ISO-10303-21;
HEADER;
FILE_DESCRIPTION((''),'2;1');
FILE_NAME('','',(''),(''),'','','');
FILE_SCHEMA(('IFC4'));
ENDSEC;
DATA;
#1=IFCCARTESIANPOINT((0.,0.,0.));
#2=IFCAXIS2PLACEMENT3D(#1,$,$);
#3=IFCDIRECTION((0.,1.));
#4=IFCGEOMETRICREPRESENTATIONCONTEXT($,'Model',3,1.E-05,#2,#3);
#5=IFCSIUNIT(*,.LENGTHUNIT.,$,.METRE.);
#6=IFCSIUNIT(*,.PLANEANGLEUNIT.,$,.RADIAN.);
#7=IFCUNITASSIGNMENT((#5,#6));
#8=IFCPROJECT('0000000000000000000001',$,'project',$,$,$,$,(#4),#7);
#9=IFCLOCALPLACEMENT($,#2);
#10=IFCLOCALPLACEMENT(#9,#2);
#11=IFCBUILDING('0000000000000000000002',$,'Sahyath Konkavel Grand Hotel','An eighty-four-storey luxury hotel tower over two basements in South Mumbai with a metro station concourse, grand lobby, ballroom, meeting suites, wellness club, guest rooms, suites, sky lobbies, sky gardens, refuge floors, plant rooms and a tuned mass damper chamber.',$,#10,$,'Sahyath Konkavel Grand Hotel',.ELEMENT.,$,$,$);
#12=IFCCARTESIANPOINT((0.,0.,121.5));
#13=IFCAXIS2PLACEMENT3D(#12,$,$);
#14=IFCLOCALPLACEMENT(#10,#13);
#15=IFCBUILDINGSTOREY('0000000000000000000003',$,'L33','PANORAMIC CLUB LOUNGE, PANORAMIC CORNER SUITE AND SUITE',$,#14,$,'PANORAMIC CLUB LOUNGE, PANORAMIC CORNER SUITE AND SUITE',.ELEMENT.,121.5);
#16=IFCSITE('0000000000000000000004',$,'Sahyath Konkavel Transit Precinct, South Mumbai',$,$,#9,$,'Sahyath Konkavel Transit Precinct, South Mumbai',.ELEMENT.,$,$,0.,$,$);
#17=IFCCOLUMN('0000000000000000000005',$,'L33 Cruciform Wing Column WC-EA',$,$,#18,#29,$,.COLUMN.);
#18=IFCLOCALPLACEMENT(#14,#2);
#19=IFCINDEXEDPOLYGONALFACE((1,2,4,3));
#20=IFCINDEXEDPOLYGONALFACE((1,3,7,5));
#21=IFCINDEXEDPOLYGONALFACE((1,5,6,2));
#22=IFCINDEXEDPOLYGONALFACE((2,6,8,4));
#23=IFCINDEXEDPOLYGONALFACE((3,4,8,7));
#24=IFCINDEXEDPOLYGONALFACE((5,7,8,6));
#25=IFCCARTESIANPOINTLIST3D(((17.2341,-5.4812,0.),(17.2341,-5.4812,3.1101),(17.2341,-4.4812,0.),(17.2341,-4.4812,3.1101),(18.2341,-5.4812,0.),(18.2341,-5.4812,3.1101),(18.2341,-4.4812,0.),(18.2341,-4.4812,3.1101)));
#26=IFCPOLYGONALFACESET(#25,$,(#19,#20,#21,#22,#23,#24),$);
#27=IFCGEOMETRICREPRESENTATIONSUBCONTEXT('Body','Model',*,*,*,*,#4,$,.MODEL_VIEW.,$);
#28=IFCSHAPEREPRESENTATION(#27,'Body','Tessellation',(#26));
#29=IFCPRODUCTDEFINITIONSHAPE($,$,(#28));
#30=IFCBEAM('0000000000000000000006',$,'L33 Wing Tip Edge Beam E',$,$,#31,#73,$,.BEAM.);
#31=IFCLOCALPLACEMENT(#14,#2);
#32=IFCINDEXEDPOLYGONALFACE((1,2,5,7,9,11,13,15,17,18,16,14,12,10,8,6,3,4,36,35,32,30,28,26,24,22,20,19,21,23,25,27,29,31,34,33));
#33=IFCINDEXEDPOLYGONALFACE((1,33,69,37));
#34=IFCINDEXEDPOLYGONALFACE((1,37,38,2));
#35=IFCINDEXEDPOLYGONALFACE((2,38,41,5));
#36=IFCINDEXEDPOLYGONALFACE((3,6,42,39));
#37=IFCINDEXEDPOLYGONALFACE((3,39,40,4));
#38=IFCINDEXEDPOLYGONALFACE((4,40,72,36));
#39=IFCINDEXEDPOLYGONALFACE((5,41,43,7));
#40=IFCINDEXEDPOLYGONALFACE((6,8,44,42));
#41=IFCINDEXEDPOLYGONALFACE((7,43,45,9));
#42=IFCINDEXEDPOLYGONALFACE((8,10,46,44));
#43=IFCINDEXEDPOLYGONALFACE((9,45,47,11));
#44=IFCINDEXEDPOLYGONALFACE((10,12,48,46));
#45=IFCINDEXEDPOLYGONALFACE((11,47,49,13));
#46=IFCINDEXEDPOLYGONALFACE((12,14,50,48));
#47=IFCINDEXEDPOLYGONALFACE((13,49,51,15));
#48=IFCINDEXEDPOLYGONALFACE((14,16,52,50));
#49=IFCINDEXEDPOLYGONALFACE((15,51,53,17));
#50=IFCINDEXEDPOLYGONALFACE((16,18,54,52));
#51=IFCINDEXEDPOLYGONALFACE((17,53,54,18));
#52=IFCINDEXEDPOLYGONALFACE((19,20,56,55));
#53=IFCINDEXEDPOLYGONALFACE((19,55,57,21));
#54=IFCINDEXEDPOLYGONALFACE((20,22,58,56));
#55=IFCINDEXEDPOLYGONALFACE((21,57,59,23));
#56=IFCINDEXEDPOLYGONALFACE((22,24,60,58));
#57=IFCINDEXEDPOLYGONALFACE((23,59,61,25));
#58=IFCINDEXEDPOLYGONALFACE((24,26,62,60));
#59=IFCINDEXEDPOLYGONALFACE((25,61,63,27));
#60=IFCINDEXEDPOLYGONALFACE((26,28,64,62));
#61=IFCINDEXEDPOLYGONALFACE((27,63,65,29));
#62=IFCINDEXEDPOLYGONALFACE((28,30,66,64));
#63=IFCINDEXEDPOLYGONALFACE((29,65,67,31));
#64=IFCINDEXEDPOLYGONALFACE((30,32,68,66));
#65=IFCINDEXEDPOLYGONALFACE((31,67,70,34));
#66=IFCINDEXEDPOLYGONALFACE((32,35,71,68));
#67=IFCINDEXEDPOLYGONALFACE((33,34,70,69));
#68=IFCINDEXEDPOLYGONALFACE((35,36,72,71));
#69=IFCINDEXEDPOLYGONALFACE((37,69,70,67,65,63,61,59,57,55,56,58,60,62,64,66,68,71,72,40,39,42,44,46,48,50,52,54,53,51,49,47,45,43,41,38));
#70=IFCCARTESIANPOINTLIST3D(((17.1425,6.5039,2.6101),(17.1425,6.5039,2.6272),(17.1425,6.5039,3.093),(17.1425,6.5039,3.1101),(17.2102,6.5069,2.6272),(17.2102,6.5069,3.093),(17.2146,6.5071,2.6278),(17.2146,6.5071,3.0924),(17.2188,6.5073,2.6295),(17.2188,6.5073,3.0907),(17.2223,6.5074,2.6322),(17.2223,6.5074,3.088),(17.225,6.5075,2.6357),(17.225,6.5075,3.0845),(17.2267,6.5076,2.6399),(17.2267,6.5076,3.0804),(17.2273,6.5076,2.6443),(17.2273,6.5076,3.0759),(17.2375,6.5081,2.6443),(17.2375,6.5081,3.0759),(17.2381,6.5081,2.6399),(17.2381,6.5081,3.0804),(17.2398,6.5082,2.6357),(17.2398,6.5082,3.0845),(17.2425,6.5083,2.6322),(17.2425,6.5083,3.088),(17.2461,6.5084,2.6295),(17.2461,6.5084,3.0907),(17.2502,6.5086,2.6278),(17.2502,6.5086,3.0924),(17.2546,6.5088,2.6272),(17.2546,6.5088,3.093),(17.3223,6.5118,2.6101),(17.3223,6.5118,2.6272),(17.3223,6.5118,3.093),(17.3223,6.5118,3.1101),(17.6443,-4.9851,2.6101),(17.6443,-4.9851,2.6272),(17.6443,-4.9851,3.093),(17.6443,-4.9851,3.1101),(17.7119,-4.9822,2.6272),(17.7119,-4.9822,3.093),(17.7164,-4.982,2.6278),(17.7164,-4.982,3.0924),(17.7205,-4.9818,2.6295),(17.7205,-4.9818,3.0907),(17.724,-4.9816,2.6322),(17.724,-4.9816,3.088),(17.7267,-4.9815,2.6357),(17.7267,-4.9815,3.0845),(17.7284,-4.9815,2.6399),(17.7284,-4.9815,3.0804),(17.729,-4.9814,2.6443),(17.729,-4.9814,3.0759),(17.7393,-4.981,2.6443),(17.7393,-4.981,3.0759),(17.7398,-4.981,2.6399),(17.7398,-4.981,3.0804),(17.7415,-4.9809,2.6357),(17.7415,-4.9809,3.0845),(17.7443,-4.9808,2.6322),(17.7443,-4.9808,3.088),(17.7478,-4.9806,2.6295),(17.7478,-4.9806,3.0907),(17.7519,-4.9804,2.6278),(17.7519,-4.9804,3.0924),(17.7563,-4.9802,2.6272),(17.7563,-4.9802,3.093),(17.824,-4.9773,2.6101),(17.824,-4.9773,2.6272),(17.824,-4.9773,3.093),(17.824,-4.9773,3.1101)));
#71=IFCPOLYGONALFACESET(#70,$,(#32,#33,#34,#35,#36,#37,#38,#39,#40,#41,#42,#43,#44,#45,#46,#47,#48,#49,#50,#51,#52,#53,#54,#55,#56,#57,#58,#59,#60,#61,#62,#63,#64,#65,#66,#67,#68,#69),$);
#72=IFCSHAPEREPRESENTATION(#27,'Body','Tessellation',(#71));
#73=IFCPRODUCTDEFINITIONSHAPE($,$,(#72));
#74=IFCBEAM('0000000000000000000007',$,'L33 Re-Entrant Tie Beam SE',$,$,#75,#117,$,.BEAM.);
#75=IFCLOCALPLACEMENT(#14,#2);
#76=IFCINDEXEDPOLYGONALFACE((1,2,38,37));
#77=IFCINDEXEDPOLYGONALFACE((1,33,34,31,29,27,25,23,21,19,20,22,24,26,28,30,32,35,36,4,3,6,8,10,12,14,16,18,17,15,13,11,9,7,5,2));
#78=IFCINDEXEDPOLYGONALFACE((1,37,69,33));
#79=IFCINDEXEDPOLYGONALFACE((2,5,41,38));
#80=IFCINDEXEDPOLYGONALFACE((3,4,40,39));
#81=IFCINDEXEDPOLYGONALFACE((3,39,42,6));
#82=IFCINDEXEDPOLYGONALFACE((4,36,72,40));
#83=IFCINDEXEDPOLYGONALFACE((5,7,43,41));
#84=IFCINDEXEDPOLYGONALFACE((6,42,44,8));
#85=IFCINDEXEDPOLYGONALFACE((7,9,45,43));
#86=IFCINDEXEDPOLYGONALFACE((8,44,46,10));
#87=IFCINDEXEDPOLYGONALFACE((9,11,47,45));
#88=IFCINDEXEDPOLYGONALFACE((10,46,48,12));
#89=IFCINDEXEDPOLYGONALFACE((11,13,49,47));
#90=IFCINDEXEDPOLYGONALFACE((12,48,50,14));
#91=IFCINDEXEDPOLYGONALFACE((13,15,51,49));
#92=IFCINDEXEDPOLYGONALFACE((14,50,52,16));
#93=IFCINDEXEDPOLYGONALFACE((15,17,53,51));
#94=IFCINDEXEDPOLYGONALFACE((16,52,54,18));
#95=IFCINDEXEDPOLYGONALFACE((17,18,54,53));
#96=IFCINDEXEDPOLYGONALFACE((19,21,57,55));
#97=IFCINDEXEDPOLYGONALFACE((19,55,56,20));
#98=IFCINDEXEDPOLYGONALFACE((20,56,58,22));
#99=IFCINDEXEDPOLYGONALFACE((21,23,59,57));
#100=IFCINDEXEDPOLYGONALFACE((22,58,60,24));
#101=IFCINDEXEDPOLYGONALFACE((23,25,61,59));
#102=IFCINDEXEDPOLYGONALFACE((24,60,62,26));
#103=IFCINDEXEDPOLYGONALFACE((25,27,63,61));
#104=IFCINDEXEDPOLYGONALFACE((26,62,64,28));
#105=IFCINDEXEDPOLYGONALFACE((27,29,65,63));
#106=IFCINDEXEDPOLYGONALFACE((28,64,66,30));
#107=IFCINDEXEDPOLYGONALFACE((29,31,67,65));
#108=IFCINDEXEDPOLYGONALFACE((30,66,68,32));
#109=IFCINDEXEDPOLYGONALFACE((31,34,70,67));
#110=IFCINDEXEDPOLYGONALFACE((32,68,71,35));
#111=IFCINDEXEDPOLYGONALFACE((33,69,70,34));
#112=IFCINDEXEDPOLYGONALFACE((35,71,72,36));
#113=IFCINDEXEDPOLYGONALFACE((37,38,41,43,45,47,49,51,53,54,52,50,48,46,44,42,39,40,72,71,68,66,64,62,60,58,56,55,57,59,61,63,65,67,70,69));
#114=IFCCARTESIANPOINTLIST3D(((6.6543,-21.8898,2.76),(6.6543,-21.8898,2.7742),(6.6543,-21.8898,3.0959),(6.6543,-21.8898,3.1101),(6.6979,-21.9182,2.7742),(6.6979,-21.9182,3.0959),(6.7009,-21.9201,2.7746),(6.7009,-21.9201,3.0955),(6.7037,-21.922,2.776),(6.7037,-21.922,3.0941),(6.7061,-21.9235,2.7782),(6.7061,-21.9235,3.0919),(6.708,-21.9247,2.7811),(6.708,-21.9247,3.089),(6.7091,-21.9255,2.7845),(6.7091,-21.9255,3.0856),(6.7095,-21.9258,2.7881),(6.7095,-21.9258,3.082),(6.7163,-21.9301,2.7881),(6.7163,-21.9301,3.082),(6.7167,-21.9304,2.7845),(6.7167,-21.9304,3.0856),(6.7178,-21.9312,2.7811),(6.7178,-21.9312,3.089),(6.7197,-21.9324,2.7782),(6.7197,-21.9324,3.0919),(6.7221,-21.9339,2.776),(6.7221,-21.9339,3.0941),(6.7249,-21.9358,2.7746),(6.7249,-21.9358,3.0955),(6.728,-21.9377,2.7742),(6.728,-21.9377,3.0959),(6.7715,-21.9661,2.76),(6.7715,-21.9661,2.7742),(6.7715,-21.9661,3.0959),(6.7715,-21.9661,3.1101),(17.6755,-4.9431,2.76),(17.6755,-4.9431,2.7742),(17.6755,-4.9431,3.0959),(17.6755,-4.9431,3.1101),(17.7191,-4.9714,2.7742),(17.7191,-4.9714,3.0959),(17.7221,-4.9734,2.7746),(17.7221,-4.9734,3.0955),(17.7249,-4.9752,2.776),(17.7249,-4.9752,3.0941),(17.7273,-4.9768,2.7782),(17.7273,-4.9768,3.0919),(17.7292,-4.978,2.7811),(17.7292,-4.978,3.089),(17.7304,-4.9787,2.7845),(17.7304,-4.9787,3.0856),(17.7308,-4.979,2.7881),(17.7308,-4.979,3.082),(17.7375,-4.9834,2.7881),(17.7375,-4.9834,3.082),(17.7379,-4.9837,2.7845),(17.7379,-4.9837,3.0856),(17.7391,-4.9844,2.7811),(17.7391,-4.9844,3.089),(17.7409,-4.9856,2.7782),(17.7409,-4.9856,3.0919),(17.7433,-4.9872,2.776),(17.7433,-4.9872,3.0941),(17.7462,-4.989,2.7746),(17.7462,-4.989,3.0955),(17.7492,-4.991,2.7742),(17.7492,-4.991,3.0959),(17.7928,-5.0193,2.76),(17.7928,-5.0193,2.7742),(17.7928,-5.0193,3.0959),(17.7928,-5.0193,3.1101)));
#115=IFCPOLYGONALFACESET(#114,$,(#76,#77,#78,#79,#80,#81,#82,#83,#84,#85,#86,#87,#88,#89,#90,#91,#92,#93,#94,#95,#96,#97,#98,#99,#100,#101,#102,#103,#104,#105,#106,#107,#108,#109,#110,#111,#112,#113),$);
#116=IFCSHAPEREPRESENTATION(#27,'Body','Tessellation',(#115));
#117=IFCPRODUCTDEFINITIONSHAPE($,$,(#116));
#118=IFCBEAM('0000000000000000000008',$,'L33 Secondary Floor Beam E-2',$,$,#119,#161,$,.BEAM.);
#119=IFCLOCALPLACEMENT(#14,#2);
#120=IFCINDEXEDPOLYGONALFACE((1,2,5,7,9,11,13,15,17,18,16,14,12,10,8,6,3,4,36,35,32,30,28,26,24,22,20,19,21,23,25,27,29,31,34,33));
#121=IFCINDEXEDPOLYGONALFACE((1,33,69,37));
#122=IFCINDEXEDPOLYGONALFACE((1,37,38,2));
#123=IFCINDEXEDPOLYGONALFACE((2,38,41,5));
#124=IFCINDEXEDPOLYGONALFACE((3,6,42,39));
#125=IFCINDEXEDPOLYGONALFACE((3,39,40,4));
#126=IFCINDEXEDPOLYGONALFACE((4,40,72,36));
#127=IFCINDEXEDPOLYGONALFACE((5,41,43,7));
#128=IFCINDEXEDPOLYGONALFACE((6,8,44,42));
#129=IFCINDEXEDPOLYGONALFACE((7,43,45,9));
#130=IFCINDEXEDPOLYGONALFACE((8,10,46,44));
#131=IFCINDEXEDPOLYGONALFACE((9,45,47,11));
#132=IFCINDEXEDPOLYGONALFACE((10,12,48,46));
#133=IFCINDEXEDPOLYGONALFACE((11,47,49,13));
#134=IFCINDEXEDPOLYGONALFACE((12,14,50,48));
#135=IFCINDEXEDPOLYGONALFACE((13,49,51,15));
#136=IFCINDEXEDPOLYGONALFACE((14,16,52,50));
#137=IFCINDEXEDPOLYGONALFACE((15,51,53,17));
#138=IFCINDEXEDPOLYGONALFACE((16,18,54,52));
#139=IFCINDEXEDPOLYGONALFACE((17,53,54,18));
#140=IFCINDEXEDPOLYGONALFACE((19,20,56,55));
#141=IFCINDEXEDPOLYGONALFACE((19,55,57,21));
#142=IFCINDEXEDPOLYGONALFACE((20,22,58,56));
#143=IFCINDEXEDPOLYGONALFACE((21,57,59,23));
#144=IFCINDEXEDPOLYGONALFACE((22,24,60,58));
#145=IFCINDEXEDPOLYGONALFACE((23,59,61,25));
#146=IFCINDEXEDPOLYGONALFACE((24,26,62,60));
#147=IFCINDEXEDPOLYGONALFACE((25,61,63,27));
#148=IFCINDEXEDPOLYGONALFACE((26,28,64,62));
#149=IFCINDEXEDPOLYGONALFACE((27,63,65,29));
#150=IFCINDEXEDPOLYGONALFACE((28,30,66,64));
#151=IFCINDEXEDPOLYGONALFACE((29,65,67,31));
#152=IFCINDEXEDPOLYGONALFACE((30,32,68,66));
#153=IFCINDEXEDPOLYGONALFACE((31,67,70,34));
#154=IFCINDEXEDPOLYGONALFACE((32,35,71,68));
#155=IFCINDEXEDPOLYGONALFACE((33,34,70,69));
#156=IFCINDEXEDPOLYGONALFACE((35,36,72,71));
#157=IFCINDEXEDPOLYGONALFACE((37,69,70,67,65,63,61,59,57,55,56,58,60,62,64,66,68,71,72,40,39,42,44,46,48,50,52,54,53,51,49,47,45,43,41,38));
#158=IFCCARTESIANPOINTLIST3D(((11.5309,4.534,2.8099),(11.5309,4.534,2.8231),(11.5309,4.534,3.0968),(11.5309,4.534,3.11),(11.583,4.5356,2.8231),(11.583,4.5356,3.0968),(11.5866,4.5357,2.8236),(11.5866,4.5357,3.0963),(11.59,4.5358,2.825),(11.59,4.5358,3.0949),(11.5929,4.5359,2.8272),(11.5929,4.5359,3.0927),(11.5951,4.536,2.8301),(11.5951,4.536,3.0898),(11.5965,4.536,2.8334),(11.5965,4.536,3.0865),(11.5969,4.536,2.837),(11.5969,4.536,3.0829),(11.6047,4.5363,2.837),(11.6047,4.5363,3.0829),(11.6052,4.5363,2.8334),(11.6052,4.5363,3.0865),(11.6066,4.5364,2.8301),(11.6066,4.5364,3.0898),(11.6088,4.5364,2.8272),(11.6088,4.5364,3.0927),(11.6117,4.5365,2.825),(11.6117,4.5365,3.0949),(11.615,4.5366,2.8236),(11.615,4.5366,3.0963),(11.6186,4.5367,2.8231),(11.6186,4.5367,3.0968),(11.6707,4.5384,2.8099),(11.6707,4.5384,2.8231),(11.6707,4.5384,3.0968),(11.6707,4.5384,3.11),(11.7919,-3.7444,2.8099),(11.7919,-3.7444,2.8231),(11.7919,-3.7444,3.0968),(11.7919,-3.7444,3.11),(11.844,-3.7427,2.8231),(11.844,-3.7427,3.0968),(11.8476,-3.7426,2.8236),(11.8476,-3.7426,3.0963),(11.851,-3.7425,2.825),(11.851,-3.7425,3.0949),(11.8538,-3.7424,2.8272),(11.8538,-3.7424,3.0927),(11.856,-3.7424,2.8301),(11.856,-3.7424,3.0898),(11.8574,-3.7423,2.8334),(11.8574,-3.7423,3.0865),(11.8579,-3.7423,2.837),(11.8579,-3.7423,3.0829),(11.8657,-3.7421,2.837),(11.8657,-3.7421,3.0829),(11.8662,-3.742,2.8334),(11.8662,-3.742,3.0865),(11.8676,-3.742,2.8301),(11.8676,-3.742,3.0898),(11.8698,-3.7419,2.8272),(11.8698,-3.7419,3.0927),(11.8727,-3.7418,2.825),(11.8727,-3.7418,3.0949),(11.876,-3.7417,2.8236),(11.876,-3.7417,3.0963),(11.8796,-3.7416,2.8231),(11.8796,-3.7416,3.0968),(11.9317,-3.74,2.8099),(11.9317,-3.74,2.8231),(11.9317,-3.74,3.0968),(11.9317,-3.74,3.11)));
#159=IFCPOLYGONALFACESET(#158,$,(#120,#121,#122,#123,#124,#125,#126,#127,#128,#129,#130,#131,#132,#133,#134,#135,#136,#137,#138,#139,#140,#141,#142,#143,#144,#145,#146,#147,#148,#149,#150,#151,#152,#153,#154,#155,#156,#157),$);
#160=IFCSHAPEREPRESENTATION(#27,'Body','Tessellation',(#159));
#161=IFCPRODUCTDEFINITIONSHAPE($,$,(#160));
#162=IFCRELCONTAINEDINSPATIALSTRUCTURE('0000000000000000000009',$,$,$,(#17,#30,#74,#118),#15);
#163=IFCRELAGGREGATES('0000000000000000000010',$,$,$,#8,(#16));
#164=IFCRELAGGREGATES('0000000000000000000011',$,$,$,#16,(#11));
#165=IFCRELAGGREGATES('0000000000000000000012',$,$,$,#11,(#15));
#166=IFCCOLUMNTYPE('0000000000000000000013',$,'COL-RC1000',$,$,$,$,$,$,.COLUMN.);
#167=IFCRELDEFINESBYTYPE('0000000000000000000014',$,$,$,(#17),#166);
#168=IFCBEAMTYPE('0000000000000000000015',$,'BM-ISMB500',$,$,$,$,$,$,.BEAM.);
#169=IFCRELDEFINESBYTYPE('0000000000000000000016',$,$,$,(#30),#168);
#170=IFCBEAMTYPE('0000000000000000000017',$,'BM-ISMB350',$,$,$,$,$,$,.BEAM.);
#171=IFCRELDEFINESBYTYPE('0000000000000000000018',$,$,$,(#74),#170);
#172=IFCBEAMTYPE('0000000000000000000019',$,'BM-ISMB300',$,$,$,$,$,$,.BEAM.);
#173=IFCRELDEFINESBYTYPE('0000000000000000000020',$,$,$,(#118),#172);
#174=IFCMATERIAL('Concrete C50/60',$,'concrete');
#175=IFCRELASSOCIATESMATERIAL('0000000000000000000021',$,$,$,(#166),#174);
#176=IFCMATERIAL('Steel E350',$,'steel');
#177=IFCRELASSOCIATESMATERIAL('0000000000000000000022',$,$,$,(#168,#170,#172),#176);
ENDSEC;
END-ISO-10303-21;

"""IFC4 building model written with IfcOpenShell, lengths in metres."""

from ifc_helpers import new_model, si_unit, direction, frame, origin, origin_2d, place, context, subcontext, project, spatial, rectangle, i_section, extrude, source, transform, mapped, material, material_profile, profile_set, type_object, element, save


model = new_model("IFC4")

# Units and contexts
model_context = context("Model", 3, precision=1e-05, world=origin(), true_north=direction((0.0, 1.0)))
body_context = subcontext(model_context, "Body", "Model", "MODEL_VIEW")
ifc_project = project(units=[si_unit("LENGTHUNIT", "METRE"), si_unit("PLANEANGLEUNIT", "RADIAN")], contexts=[model_context])

# Site, building, storey
site_placement = place(None, origin())
site = spatial("IfcSite", under=ifc_project, at=site_placement, Name="Sahyath Konkavel Transit Precinct, South Mumbai", LongName="Sahyath Konkavel Transit Precinct, South Mumbai", CompositionType="ELEMENT", RefElevation=0.0)
building_placement = place(site_placement, origin())
building = spatial("IfcBuilding", under=site, at=building_placement, Name="Sahyath Konkavel Grand Hotel", Description="An eighty-four-storey luxury hotel tower over two basements in South Mumbai with a metro station concourse, grand lobby, ballroom, meeting suites, wellness club, guest rooms, suites, sky lobbies, sky gardens, refuge floors, plant rooms and a tuned mass damper chamber.", LongName="Sahyath Konkavel Grand Hotel", CompositionType="ELEMENT")
storey_placement = place(building_placement, frame((0.0, 0.0, 121.5)))
storey = spatial("IfcBuildingStorey", under=building, at=storey_placement, Name="L33", Description="PANORAMIC CLUB LOUNGE, PANORAMIC CORNER SUITE AND SUITE", LongName="PANORAMIC CLUB LOUNGE, PANORAMIC CORNER SUITE AND SUITE", CompositionType="ELEMENT", Elevation=121.5)

# Column
ifc_material_1 = material(Name="Concrete C50/60", Category="concrete")
ifc_material_profile_1 = material_profile(ifc_material_1, rectangle(XDim=1.0, YDim=1.0, at=origin_2d()), Name="RC 1000x1000")
ifc_profile_set_1 = profile_set([ifc_material_profile_1], Name="Concrete C50/60")
column_type = type_object("IfcColumnType", Name="COL-RC1000", PredefinedType="COLUMN", material=ifc_profile_set_1)
shared_shape_1 = source(origin(), body_context, "Body", "SweptSolid", [
    extrude(rectangle(XDim=1.0, YDim=1.0, at=origin_2d()), origin(), (0.0, 0.0, 1.0), 3.1101),
])
column_placement = place(storey_placement, frame((17.7341, -4.9812, 0.0), z_axis=(0.0, 0.0, 1.0), x_axis=(1.0, 0.0, 0.0)))
element("IfcColumn", 1, at=column_placement, inside=storey, type_object=column_type, Name="L33 Cruciform Wing Column WC-EA", PredefinedType="COLUMN", context=body_context, shape_type="MappedRepresentation", body=[
    mapped(shared_shape_1, transform((0.0, 0.0, 0.0), scale=1.0)),
])

# Beams
ifc_material_2 = material(Name="Steel E350", Category="steel")
ifc_material_profile_2 = material_profile(ifc_material_2, i_section(OverallWidth=0.1799, OverallDepth=0.5, WebThickness=0.0103, FlangeThickness=0.0171, FilletRadius=0.0171, at=origin_2d()), Name="ISMB 500")
ifc_profile_set_2 = profile_set([ifc_material_profile_2], Name="Steel E350")
beam_type_1 = type_object("IfcBeamType", Name="BM-ISMB500", PredefinedType="BEAM", material=ifc_profile_set_2)
shared_shape_2 = source(origin(), body_context, "Body", "SweptSolid", [
    extrude(i_section(OverallWidth=0.1799, OverallDepth=0.5, WebThickness=0.0103, FlangeThickness=0.0171, FilletRadius=0.0171, at=origin_2d()), origin(), (0.0, 0.0, 1.0), 11.5),
])
beam_1_placement = place(storey_placement, frame((17.7341, -4.9812, 2.8601), z_axis=(-0.043627, 0.999048, 0.0), x_axis=(-0.999048, -0.043627, 0.0)))
element("IfcBeam", 2, at=beam_1_placement, inside=storey, type_object=beam_type_1, Name="L33 Wing Tip Edge Beam E", PredefinedType="BEAM", context=body_context, shape_type="MappedRepresentation", body=[
    mapped(shared_shape_2, transform((0.0, 0.0, 0.0), scale=1.0)),
])
ifc_material_profile_3 = material_profile(ifc_material_2, i_section(OverallWidth=0.1399, OverallDepth=0.3501, WebThickness=0.0081, FlangeThickness=0.0142, FilletRadius=0.0139, at=origin_2d()), Name="ISMB 350")
ifc_profile_set_3 = profile_set([ifc_material_profile_3], Name="Steel E350")
beam_type_2 = type_object("IfcBeamType", Name="BM-ISMB350", PredefinedType="BEAM", material=ifc_profile_set_3)
shared_shape_3 = source(origin(), body_context, "Body", "SweptSolid", [
    extrude(i_section(OverallWidth=0.1399, OverallDepth=0.3501, WebThickness=0.0081, FlangeThickness=0.0142, FilletRadius=0.0139, at=origin_2d()), origin(), (0.0, 0.0, 1.0), 20.2153),
])
beam_2_placement = place(storey_placement, frame((17.7341, -4.9812, 2.9351), z_axis=(-0.545191, -0.838312, 0.0), x_axis=(0.838312, -0.545191, 0.0)))
element("IfcBeam", 3, at=beam_2_placement, inside=storey, type_object=beam_type_2, Name="L33 Re-Entrant Tie Beam SE", PredefinedType="BEAM", context=body_context, shape_type="MappedRepresentation", body=[
    mapped(shared_shape_3, transform((0.0, 0.0, 0.0), scale=1.0)),
])
ifc_material_profile_4 = material_profile(ifc_material_2, i_section(OverallWidth=0.1399, OverallDepth=0.3, WebThickness=0.0078, FlangeThickness=0.0132, FilletRadius=0.0139, at=origin_2d()), Name="ISMB 300")
ifc_profile_set_4 = profile_set([ifc_material_profile_4], Name="Steel E350")
beam_type_3 = type_object("IfcBeamType", Name="BM-ISMB300", PredefinedType="BEAM", material=ifc_profile_set_4)
shared_shape_4 = source(origin(), body_context, "Body", "SweptSolid", [
    extrude(i_section(OverallWidth=0.1399, OverallDepth=0.3, WebThickness=0.0078, FlangeThickness=0.0132, FilletRadius=0.0139, at=origin_2d()), origin(), (0.0, 0.0, 1.0), 8.2825),
])
beam_3_placement = place(storey_placement, frame((11.8618, -3.7422, 2.96), z_axis=(-0.031511, 0.999503, 0.0), x_axis=(-0.999503, -0.031511, 0.0)))
element("IfcBeam", 4, at=beam_3_placement, inside=storey, type_object=beam_type_3, Name="L33 Secondary Floor Beam E-2", PredefinedType="BEAM", context=body_context, shape_type="MappedRepresentation", body=[
    mapped(shared_shape_4, transform((0.0, 0.0, 0.0), scale=1.0)),
])

save(model, "model.ifc")
